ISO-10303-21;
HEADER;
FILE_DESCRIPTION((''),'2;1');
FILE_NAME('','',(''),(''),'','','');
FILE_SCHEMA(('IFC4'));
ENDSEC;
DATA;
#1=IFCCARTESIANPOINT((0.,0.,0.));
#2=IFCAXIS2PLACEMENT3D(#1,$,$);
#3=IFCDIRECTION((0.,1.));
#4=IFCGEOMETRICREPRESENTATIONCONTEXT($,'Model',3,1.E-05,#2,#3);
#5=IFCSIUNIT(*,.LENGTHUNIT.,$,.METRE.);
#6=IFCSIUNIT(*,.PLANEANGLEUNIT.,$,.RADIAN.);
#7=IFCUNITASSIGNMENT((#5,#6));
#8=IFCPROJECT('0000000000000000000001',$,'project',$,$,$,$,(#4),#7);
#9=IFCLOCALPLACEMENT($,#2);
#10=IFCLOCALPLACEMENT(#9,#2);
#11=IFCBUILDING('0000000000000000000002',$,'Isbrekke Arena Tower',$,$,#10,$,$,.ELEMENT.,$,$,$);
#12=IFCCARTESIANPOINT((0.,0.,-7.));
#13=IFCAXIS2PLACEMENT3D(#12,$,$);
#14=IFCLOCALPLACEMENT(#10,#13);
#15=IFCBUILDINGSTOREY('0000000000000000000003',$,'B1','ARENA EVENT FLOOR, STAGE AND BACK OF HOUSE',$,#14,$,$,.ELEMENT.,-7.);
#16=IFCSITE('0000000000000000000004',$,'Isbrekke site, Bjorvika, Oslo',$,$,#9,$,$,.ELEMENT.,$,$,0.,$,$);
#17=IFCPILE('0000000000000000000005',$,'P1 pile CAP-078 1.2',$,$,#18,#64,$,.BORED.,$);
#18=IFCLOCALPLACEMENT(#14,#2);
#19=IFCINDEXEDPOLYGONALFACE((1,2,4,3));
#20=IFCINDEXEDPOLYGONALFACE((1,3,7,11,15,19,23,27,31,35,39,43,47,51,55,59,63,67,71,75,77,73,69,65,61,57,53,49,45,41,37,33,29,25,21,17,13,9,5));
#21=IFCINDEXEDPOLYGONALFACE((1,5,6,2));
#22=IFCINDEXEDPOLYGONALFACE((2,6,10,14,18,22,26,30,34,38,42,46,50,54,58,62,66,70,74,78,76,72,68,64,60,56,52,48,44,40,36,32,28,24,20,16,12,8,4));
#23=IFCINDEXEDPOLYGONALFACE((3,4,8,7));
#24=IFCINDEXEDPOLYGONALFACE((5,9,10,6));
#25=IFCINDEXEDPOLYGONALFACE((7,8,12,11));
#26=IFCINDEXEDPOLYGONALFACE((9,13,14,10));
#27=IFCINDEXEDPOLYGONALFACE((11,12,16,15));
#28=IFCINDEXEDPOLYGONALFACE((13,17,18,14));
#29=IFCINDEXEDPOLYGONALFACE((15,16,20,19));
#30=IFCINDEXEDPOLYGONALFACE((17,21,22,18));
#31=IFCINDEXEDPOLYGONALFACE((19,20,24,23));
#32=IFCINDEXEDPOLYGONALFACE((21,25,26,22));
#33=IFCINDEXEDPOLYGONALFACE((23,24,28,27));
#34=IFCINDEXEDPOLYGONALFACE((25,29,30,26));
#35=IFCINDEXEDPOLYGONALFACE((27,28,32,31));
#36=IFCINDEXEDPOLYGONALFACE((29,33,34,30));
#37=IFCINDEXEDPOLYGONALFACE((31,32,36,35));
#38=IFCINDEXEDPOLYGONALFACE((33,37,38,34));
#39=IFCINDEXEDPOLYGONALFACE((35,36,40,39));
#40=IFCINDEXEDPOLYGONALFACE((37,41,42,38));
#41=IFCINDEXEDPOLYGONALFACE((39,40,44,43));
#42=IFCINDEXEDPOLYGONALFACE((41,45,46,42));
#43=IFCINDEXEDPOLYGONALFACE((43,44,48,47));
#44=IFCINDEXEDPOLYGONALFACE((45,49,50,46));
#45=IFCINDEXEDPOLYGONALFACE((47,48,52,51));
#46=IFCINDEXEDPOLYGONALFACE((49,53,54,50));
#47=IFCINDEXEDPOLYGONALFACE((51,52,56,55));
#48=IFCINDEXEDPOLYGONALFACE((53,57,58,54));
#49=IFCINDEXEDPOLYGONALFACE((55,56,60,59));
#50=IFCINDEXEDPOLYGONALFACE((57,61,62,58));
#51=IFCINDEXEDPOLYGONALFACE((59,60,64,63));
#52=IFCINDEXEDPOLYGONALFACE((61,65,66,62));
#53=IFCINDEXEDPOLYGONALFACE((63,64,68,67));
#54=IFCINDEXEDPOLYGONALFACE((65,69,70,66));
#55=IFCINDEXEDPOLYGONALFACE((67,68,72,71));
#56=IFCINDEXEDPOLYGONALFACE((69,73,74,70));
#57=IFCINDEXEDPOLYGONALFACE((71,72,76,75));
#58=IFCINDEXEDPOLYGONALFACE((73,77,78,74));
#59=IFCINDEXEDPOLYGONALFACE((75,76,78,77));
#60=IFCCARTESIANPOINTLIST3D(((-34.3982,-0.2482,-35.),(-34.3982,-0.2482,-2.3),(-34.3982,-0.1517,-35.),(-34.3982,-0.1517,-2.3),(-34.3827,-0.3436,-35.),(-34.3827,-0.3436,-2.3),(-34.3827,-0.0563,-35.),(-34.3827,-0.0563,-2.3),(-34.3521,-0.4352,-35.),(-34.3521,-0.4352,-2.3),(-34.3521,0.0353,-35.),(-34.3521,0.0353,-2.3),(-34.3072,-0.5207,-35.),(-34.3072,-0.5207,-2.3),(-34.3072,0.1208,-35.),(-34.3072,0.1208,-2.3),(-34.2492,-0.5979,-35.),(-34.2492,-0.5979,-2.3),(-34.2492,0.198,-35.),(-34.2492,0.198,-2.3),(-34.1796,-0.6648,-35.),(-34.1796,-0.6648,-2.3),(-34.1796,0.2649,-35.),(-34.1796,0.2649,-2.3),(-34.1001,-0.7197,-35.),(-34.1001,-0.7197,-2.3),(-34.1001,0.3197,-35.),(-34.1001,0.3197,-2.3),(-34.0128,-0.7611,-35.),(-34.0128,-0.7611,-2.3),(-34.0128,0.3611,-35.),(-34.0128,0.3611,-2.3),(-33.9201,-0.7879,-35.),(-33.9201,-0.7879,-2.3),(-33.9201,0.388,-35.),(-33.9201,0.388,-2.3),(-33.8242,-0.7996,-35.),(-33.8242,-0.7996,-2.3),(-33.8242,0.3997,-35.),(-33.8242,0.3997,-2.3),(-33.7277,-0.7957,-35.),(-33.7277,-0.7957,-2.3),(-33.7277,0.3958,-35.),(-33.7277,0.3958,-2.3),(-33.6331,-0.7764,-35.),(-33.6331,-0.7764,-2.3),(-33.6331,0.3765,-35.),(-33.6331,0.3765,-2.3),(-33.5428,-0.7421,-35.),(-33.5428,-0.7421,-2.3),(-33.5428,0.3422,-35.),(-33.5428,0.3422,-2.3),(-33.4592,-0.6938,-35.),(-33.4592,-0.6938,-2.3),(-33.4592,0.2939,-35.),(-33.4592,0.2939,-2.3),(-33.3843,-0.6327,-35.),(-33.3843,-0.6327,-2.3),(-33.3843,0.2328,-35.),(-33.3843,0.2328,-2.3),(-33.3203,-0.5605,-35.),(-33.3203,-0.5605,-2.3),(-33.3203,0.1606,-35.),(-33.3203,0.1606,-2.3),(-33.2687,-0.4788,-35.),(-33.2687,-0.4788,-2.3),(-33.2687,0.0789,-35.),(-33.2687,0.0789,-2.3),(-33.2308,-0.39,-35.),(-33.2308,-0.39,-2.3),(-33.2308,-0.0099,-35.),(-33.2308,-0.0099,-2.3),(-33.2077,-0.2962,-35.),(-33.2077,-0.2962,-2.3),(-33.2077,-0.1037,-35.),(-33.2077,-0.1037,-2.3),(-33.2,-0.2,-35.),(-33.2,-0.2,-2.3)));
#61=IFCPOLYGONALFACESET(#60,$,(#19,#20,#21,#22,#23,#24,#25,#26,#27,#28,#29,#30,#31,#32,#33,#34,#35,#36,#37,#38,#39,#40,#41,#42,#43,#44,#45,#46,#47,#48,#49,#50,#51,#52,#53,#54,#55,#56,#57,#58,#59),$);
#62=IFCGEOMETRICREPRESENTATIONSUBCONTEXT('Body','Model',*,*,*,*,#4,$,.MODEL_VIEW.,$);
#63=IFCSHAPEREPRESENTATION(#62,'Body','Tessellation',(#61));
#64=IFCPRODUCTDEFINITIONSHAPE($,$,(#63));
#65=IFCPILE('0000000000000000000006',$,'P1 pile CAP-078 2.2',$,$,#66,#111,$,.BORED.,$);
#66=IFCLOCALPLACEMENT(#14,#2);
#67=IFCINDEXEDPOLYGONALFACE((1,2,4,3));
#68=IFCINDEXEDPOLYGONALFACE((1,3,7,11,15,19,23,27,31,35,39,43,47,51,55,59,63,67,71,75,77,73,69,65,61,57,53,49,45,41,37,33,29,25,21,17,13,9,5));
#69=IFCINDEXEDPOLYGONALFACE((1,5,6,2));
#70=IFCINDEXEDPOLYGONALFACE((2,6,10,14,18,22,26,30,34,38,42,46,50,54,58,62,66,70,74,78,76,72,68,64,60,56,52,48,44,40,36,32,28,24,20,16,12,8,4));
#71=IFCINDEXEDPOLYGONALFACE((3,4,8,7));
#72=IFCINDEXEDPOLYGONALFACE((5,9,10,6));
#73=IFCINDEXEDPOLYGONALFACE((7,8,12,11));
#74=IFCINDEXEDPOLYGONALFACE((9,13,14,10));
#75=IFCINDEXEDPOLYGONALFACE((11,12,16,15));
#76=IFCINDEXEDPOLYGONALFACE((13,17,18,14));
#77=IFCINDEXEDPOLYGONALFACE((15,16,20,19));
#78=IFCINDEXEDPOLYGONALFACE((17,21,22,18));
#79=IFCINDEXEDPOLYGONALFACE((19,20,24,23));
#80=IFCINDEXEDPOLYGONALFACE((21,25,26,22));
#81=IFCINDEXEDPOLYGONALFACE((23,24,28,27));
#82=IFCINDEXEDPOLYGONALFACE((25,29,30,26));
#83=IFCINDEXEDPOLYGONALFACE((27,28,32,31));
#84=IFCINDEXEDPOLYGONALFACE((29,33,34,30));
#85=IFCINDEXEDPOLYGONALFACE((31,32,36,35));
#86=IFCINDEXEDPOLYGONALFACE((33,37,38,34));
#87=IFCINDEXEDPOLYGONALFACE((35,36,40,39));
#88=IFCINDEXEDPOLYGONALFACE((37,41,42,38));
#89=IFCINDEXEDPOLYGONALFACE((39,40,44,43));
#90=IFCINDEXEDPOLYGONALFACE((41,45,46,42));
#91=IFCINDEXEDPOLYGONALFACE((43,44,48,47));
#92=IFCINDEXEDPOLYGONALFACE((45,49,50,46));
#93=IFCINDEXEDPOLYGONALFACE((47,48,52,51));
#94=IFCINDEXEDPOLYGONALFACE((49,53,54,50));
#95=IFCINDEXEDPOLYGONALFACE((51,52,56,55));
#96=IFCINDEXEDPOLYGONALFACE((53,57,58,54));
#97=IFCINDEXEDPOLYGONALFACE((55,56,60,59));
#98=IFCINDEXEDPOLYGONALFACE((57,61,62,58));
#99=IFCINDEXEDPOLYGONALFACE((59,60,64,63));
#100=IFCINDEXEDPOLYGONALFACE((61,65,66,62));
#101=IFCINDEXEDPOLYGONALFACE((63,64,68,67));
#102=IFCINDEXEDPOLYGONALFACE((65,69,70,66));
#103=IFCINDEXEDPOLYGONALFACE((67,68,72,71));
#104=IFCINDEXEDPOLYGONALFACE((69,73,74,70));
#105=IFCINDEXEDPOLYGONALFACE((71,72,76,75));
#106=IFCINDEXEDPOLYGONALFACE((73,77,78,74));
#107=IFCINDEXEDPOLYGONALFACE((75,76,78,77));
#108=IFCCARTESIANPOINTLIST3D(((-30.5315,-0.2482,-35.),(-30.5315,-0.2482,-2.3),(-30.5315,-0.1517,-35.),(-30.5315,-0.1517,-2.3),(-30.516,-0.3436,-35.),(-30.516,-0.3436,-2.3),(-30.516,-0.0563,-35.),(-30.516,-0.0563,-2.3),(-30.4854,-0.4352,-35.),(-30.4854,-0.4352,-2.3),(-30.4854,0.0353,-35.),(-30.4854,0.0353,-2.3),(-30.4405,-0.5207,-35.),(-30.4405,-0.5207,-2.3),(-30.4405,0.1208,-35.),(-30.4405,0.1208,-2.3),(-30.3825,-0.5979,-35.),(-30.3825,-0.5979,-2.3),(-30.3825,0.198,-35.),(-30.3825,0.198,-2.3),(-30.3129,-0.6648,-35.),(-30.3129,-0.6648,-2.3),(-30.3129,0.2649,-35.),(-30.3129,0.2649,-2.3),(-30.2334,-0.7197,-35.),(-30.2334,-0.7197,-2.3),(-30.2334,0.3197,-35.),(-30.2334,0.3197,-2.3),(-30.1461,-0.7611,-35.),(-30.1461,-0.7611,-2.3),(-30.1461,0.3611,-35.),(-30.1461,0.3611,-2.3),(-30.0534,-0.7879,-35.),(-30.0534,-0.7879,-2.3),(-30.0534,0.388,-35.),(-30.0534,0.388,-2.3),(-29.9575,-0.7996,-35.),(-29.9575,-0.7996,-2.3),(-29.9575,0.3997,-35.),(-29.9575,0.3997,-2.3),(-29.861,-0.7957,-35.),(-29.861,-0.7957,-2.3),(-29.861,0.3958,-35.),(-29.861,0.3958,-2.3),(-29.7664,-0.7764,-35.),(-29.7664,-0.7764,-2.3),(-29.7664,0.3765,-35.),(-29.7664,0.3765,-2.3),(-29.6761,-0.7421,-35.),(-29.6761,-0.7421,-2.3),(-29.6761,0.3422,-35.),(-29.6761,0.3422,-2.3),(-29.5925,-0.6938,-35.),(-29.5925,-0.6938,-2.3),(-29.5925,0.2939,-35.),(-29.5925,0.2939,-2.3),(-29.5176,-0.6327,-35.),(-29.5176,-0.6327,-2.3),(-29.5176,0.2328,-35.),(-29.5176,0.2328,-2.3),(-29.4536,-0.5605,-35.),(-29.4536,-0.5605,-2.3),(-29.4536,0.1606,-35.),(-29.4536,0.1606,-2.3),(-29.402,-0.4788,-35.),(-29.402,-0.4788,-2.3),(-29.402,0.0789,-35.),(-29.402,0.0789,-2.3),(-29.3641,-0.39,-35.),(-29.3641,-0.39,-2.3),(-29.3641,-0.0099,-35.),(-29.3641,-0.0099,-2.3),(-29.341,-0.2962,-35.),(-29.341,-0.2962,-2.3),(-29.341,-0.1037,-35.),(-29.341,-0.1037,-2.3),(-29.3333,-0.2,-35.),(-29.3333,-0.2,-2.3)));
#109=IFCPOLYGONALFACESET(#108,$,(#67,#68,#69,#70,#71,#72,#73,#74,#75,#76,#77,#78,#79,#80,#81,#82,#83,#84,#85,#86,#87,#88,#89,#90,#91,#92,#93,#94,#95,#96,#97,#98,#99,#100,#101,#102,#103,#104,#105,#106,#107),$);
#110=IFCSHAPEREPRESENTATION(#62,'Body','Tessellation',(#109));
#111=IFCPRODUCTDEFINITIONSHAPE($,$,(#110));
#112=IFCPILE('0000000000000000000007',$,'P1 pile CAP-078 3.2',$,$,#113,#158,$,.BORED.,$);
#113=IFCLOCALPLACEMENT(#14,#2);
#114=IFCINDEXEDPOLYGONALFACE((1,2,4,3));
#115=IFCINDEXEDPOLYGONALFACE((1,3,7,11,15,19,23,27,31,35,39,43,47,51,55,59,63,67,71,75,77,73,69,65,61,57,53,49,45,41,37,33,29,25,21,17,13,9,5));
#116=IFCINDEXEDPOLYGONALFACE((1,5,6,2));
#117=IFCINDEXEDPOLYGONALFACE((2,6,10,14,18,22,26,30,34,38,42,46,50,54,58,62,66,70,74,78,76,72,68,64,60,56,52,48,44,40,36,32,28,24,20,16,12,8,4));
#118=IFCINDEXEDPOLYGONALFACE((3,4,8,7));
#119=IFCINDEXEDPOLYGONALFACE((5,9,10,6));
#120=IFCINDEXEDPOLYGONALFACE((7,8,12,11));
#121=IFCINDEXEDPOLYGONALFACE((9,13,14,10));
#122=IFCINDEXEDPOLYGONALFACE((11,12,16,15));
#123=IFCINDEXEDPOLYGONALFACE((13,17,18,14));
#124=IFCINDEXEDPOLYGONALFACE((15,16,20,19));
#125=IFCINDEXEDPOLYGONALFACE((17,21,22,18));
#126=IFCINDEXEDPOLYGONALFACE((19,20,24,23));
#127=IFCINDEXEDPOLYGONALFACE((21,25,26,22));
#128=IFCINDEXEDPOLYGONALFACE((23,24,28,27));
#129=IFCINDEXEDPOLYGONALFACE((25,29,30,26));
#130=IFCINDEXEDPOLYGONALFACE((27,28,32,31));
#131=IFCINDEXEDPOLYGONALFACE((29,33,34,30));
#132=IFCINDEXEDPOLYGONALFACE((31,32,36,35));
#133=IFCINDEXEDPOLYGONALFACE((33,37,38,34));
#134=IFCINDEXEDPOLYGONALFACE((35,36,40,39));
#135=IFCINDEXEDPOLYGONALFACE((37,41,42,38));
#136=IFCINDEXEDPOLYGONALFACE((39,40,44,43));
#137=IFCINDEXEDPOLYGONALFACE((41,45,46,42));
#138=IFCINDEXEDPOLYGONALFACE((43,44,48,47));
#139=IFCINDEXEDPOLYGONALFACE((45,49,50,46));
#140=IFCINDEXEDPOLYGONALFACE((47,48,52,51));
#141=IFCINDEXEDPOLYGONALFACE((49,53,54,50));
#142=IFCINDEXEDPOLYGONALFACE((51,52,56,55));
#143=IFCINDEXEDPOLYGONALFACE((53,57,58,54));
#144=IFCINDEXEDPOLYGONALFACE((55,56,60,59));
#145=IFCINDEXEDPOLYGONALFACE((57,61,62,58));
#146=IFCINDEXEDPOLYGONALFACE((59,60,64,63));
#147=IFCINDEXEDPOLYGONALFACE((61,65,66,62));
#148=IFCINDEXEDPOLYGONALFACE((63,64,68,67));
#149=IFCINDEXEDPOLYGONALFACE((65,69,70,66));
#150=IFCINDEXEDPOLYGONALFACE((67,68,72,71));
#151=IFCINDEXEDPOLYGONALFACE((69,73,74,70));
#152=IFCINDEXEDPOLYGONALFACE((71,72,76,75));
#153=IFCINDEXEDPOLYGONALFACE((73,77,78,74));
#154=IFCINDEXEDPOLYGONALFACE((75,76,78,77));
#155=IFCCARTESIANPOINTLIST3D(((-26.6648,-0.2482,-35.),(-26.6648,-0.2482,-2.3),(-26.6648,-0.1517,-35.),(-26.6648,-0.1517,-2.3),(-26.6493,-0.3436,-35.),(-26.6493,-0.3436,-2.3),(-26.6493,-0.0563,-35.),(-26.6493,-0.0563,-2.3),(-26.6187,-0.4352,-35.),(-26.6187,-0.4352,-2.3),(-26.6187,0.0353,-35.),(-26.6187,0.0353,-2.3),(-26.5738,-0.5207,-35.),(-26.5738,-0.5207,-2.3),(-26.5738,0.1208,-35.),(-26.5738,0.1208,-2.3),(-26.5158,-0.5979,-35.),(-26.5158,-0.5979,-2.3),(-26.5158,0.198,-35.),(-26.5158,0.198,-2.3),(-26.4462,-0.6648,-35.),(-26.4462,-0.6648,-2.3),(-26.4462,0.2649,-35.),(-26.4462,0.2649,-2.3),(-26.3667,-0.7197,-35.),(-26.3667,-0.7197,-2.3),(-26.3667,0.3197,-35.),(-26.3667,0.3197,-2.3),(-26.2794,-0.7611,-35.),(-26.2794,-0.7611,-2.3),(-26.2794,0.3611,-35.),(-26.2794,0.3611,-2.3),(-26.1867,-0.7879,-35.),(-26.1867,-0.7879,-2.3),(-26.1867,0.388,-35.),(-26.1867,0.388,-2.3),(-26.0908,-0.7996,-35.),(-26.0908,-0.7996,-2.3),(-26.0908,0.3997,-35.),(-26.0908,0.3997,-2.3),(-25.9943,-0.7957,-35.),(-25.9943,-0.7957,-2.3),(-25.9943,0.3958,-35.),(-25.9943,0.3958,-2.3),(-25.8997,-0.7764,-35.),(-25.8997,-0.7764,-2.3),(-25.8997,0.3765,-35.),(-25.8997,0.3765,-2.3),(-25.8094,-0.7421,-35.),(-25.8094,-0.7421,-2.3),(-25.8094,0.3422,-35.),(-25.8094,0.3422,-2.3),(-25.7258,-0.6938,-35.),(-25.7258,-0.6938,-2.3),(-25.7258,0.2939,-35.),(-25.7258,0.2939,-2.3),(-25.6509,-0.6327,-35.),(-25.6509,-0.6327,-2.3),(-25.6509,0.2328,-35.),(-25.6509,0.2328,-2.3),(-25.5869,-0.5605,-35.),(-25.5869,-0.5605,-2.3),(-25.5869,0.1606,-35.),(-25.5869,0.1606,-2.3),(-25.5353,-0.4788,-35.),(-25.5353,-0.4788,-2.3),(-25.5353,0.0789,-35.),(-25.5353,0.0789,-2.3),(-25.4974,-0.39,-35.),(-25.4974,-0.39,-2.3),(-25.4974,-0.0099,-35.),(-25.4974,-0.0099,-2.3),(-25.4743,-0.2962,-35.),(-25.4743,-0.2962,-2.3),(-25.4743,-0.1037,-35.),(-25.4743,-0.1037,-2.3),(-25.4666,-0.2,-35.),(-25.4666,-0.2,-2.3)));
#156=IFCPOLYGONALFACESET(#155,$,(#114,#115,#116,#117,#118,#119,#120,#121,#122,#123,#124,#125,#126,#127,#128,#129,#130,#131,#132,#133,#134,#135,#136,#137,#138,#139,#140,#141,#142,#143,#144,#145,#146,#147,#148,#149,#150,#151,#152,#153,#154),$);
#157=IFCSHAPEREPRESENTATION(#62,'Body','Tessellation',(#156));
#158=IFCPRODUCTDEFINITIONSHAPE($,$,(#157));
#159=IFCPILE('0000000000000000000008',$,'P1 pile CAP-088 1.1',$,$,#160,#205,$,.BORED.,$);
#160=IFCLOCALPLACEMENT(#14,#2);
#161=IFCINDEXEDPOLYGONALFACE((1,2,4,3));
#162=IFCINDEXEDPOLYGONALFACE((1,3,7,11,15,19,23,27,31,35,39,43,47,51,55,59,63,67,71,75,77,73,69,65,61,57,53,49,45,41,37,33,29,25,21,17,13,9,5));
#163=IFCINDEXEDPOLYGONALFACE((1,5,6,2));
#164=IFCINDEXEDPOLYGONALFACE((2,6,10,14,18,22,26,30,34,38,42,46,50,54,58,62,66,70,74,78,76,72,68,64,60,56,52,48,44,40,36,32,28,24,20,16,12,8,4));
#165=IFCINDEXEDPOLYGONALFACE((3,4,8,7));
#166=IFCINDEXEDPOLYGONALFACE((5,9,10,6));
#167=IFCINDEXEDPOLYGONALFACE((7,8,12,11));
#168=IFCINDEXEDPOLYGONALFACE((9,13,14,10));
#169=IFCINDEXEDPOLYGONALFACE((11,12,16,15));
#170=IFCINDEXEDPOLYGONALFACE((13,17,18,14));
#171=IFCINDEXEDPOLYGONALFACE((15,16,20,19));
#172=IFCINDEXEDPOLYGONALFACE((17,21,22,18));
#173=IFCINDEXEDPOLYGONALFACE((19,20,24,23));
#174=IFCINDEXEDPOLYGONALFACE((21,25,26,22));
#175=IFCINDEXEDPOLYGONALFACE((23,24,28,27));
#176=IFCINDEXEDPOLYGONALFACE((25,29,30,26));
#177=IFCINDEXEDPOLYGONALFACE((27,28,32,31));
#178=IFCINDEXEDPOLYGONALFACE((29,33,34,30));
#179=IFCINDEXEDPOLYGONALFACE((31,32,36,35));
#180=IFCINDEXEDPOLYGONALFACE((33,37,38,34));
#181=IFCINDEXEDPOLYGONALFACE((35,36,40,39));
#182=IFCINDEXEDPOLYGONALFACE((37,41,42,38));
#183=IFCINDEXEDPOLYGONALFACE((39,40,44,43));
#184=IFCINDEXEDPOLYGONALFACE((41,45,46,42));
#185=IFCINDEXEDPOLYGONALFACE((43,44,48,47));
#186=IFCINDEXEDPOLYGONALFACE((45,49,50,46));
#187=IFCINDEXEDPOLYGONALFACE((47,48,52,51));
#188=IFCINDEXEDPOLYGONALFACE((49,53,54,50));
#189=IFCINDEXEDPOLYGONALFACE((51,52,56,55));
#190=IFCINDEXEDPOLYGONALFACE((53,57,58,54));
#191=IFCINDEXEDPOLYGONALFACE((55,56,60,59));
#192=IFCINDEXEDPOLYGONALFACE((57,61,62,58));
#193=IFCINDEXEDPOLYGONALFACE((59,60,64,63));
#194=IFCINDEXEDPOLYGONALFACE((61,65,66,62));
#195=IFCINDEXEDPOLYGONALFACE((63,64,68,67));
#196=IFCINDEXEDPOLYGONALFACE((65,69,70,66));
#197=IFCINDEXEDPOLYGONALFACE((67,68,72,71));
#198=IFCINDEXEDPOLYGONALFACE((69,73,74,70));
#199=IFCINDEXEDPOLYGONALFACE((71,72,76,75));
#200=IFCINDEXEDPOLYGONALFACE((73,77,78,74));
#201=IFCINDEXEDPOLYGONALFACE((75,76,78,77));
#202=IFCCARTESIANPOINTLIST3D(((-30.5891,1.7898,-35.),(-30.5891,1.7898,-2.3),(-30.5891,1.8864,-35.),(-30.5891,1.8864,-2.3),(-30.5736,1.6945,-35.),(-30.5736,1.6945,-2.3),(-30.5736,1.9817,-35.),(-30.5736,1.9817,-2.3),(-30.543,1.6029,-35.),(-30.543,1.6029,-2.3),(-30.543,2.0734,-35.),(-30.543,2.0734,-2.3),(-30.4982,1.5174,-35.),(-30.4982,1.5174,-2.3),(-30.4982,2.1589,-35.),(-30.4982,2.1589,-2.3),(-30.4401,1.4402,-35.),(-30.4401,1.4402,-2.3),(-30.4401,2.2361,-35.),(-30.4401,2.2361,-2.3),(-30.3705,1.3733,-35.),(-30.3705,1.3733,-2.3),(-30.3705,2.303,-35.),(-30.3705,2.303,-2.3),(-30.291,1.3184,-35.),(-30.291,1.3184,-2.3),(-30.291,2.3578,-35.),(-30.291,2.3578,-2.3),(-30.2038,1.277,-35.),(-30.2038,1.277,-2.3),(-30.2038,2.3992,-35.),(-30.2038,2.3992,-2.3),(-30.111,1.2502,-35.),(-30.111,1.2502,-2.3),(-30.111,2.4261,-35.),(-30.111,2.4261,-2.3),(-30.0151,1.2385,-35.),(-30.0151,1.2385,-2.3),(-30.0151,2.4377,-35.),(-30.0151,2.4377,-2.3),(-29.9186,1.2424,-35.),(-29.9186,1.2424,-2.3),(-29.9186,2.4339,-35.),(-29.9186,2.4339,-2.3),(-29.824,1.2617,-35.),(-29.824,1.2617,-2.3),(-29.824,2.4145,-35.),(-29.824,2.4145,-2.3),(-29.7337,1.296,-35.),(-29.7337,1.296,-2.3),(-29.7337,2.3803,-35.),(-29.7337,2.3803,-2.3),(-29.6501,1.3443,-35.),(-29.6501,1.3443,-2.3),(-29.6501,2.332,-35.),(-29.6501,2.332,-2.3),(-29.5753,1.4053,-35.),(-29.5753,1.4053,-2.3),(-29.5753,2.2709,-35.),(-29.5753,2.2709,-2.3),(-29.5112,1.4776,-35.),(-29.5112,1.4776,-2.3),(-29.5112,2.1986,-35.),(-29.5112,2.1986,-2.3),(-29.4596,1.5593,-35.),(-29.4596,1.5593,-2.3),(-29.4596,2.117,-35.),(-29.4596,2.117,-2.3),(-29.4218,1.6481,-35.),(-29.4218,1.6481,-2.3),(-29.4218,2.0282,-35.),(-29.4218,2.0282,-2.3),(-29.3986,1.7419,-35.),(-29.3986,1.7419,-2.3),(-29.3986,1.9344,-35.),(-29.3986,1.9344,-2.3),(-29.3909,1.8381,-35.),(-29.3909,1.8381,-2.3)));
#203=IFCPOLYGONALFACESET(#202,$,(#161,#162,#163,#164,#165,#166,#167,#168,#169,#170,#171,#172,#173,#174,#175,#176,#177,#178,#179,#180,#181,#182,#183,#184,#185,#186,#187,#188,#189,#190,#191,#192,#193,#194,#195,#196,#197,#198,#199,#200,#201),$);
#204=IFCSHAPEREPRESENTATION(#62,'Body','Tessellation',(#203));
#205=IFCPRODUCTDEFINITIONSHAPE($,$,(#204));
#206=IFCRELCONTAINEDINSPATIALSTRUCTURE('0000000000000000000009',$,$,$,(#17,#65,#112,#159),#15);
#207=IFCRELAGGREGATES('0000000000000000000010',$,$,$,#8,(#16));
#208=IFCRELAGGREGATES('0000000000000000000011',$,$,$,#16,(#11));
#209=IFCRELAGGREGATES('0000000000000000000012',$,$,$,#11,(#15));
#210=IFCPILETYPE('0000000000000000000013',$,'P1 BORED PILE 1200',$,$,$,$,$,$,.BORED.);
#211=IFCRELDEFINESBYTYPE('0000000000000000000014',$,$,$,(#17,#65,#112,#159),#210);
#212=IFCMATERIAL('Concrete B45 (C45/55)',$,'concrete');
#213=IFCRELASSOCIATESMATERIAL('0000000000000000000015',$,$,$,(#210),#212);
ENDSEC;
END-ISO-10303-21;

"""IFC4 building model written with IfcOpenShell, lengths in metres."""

from ifc_helpers import new_model, si_unit, direction, frame, origin, origin_2d, place, context, subcontext, project, spatial, circle, extrude, material, material_profile, profile_set, type_object, element, save


model = new_model("IFC4")

# Units and contexts
model_context = context("Model", 3, precision=1e-05, world=origin(), true_north=direction((0.0, 1.0)))
body_context = subcontext(model_context, "Body", "Model", "MODEL_VIEW")
ifc_project = project(units=[si_unit("LENGTHUNIT", "METRE"), si_unit("PLANEANGLEUNIT", "RADIAN")], contexts=[model_context])

# Site, building, storey
site_placement = place(None, origin())
site = spatial("IfcSite", under=ifc_project, at=site_placement, Name="Isbrekke site, Bjorvika, Oslo", CompositionType="ELEMENT", RefElevation=0.0)
building_placement = place(site_placement, origin())
building = spatial("IfcBuilding", under=site, at=building_placement, Name="Isbrekke Arena Tower", CompositionType="ELEMENT")
storey_placement = place(building_placement, frame((0.0, 0.0, -7.0)))
storey = spatial("IfcBuildingStorey", under=building, at=storey_placement, Name="B1", Description="ARENA EVENT FLOOR, STAGE AND BACK OF HOUSE", CompositionType="ELEMENT", Elevation=-7.0)

# Piles
ifc_material_1 = material(Name="Concrete B45 (C45/55)", Category="concrete")
ifc_material_profile_1 = material_profile(ifc_material_1, circle(Radius=0.6001, at=origin_2d()), Name="BORED PILE D1200")
ifc_profile_set_1 = profile_set([ifc_material_profile_1], Name="Concrete B45 (C45/55)")
pile_type = type_object("IfcPileType", Name="P1 BORED PILE 1200", PredefinedType="BORED", material=ifc_profile_set_1)
for number, where, z_axis, x_axis, name in (
    (1, (-33.8, -0.2, -2.3), (0.0, 0.0, -1.0), (1.0, 0.0, 0.0), "P1 pile CAP-078 1.2"),
    (2, (-29.9333, -0.2, -2.3), (0.0, 0.0, -1.0), (1.0, 0.0, 0.0), "P1 pile CAP-078 2.2"),
    (3, (-26.0667, -0.2, -2.3), (0.0, 0.0, -1.0), (1.0, 0.0, 0.0), "P1 pile CAP-078 3.2"),
    (4, (-29.991, 1.8381, -2.3), (0.0, 0.0, -1.0), (1.0, 0.0, 0.0), "P1 pile CAP-088 1.1"),
):
    element("IfcPile", number, at=place(storey_placement, frame(where, z_axis=z_axis, x_axis=x_axis)), inside=storey, type_object=pile_type, Name=name, PredefinedType="BORED", context=body_context, shape_type="SweptSolid", body=[
        extrude(circle(Radius=0.6001, at=origin_2d()), origin(), (0.0, 0.0, 1.0), 32.7),
    ])

save(model, "model.ifc")
